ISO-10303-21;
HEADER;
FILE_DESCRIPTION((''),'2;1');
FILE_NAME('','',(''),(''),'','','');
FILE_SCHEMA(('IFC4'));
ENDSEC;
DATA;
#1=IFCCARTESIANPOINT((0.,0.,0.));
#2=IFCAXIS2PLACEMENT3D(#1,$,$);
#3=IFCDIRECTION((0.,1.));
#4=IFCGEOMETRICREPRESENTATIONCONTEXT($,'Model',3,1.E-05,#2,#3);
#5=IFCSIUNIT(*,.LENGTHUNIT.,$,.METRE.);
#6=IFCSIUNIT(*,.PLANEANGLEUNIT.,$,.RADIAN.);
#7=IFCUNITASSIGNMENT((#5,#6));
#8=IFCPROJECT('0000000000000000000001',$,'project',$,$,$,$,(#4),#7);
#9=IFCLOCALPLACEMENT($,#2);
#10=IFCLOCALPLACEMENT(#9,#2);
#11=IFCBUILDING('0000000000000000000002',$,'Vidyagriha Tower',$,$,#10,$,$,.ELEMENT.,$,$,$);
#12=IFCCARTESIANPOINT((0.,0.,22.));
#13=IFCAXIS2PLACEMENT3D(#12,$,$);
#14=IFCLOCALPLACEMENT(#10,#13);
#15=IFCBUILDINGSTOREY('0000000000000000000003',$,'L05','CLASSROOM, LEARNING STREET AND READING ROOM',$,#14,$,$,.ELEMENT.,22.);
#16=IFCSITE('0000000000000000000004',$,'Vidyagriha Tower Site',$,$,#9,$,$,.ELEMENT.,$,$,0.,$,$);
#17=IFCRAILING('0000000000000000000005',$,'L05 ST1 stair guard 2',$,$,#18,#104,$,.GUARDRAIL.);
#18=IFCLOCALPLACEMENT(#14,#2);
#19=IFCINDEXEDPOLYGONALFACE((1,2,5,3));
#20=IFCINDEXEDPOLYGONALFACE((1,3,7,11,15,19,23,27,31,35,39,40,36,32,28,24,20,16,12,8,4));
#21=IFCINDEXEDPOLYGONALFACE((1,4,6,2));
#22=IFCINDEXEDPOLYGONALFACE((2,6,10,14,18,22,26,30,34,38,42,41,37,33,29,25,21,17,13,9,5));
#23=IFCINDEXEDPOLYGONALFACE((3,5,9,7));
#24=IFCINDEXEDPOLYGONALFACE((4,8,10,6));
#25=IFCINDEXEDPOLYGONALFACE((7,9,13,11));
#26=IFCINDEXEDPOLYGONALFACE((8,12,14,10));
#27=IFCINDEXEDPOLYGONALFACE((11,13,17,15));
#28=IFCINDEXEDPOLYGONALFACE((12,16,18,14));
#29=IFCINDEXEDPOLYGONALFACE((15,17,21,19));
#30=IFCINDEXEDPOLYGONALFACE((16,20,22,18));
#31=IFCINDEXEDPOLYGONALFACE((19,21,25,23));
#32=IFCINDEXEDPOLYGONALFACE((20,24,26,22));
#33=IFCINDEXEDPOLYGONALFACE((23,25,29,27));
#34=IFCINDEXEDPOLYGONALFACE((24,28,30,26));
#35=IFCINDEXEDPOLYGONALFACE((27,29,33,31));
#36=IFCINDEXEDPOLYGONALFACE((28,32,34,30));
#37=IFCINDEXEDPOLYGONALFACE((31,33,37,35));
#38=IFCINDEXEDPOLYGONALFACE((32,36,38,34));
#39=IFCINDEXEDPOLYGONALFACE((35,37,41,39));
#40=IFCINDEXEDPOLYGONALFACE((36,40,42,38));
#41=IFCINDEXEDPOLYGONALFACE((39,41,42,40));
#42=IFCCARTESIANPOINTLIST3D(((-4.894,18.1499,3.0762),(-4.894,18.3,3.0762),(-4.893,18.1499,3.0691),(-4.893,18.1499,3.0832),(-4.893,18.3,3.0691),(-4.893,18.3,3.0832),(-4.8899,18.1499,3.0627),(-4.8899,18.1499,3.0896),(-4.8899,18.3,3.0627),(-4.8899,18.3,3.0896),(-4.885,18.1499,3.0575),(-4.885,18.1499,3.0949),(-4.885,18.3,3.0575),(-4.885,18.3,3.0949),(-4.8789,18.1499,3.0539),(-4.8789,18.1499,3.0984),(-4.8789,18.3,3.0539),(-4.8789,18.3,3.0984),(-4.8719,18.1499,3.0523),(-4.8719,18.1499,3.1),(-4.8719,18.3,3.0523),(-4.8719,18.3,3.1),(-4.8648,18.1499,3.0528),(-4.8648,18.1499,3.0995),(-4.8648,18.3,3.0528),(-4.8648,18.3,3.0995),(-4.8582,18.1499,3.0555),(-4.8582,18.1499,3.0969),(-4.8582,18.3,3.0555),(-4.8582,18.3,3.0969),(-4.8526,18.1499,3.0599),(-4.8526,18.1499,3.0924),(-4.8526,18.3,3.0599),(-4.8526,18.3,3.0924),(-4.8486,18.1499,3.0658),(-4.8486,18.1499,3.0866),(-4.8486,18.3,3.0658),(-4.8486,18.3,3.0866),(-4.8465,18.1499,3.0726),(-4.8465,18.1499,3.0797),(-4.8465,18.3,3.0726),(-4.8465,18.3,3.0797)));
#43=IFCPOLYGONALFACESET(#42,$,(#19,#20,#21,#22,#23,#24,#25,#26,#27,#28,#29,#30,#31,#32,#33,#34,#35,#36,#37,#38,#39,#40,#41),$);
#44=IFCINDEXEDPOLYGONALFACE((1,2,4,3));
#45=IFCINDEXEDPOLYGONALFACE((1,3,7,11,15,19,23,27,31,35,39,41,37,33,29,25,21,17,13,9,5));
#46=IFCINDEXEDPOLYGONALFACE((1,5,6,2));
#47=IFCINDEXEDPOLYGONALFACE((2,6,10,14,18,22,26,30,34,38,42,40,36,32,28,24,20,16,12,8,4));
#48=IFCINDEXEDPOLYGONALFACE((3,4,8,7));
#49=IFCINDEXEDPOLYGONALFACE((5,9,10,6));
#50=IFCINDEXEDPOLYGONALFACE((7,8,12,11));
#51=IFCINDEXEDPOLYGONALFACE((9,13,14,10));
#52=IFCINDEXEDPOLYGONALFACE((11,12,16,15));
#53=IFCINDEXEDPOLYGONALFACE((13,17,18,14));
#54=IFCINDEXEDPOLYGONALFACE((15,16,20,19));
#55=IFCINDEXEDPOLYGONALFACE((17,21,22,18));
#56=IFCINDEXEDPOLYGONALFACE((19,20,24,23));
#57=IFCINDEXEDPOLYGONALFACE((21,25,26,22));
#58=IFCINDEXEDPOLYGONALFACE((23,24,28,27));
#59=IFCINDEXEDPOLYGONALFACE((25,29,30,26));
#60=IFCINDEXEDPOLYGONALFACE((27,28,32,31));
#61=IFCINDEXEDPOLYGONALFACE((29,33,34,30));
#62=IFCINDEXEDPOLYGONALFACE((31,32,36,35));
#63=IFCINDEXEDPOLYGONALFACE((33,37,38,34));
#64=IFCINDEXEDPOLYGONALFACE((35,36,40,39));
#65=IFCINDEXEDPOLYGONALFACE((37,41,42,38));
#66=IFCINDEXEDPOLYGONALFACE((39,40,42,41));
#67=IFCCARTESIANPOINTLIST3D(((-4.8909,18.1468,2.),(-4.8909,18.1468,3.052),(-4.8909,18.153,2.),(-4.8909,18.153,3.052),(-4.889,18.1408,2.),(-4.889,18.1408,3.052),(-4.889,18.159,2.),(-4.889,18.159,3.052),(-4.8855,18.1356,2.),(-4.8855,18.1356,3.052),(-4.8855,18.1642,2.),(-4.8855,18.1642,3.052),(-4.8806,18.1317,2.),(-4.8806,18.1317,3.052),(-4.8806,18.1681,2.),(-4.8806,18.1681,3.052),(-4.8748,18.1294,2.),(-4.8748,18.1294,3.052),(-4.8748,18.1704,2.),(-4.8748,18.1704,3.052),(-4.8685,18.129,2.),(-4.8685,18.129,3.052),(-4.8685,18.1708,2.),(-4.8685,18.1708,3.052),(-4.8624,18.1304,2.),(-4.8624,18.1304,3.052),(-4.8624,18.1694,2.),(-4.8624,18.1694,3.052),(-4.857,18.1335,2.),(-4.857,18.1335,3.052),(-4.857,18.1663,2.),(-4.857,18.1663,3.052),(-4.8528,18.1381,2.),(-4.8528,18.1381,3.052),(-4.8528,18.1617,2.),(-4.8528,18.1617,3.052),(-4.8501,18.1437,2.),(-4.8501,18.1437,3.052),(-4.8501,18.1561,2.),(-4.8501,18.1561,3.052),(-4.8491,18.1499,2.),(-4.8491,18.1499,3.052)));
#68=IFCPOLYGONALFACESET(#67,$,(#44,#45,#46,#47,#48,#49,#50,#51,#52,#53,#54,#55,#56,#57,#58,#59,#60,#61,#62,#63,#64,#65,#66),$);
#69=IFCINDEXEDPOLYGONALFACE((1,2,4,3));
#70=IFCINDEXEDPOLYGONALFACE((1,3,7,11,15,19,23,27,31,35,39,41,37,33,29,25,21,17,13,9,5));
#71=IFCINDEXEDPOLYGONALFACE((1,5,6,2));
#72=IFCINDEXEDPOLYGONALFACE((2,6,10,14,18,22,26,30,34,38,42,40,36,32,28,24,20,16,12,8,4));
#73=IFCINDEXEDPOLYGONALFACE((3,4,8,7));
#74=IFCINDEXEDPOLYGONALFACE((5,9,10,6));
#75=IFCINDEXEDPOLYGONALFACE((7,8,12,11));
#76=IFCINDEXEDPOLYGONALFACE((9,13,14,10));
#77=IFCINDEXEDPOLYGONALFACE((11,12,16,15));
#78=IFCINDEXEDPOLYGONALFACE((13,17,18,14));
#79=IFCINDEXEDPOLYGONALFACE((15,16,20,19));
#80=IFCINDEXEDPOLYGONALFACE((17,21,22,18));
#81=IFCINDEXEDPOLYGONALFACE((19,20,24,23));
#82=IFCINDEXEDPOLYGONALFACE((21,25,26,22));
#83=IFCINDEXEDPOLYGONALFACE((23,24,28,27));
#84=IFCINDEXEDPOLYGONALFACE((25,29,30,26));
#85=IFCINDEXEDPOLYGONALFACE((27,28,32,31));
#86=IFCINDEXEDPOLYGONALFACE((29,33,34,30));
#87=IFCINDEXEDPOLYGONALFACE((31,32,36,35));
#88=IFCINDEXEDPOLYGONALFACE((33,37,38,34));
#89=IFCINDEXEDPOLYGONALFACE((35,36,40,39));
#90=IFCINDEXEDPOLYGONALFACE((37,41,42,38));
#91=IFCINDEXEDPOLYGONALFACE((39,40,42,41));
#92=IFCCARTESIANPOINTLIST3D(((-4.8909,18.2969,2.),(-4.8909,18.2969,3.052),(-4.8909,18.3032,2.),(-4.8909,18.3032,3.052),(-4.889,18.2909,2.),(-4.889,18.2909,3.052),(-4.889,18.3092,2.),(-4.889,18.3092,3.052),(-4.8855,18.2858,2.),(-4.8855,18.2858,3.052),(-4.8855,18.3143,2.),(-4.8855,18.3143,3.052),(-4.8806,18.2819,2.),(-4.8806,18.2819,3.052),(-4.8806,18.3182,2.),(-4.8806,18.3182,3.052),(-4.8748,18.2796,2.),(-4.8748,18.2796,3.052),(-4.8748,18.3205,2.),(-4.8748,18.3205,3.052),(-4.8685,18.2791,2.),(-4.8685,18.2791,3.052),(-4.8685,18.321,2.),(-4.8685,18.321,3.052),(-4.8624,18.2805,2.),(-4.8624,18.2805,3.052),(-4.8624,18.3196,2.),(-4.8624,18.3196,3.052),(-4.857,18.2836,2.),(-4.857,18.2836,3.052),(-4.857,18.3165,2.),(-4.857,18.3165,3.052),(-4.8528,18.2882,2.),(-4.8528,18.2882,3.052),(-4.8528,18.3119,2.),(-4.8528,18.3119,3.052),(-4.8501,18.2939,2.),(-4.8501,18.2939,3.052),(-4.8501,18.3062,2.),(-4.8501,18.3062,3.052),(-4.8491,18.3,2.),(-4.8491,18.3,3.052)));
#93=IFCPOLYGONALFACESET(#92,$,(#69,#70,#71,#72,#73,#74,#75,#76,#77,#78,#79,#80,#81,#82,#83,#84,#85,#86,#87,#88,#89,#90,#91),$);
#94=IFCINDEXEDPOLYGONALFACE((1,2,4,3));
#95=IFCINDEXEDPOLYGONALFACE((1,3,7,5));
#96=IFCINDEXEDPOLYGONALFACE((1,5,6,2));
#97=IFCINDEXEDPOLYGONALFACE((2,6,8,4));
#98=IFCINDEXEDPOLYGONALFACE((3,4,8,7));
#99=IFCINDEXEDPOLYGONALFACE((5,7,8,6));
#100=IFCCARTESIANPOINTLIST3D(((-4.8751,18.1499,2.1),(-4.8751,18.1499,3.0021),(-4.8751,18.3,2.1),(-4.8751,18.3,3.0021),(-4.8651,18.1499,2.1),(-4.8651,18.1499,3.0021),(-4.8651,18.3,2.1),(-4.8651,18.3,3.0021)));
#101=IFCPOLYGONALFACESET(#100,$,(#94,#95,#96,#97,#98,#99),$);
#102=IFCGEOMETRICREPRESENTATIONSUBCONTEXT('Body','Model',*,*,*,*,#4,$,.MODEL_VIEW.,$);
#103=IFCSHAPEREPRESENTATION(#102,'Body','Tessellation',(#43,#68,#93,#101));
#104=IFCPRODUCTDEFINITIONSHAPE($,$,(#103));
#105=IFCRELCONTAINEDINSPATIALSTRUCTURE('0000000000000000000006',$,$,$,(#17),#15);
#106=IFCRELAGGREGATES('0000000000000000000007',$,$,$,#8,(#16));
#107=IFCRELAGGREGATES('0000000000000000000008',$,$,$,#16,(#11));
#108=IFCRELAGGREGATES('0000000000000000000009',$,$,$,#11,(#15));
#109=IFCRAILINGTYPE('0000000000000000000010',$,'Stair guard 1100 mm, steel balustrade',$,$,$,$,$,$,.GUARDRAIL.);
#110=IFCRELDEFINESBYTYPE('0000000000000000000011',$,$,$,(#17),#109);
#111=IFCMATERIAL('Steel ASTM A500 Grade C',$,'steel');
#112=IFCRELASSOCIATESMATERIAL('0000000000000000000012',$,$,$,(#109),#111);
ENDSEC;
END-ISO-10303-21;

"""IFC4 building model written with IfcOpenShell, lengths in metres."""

from ifc_helpers import new_model, si_unit, direction, frame, origin, origin_2d, place, context, subcontext, project, spatial, rectangle, circle, extrude, material, type_object, element, save


model = new_model("IFC4")

# Units and contexts
model_context = context("Model", 3, precision=1e-05, world=origin(), true_north=direction((0.0, 1.0)))
body_context = subcontext(model_context, "Body", "Model", "MODEL_VIEW")
ifc_project = project(units=[si_unit("LENGTHUNIT", "METRE"), si_unit("PLANEANGLEUNIT", "RADIAN")], contexts=[model_context])

# Site, building, storey
site_placement = place(None, origin())
site = spatial("IfcSite", under=ifc_project, at=site_placement, Name="Vidyagriha Tower Site", CompositionType="ELEMENT", RefElevation=0.0)
building_placement = place(site_placement, origin())
building = spatial("IfcBuilding", under=site, at=building_placement, Name="Vidyagriha Tower", CompositionType="ELEMENT")
storey_placement = place(building_placement, frame((0.0, 0.0, 22.0)))
storey = spatial("IfcBuildingStorey", under=building, at=storey_placement, Name="L05", Description="CLASSROOM, LEARNING STREET AND READING ROOM", CompositionType="ELEMENT", Elevation=22.0)

# Railing
ifc_material_1 = material(Name="Steel ASTM A500 Grade C", Category="steel")
railing_type_1 = type_object("IfcRailingType", Name="Stair guard 1100 mm, steel balustrade", PredefinedType="GUARDRAIL", material=ifc_material_1)
railing_1_placement = place(storey_placement, frame((-4.8701, 18.1499, 2.0)))
element("IfcRailing", 1, at=railing_1_placement, inside=storey, type_object=railing_type_1, Name="L05 ST1 stair guard 2", PredefinedType="GUARDRAIL", context=body_context, shape_type="SweptSolid", body=[
    extrude(circle(Radius=0.0239, at=origin_2d()), frame((0.0, 0.0, 1.0762), z_axis=(0.0, 1.0, 0.0), x_axis=(-1.0, 0.0, 0.0)), (0.0, 0.0, 1.0), 0.1501),
    extrude(circle(Radius=0.021, at=origin_2d()), origin(), (0.0, 0.0, 1.0), 1.052),
    extrude(circle(Radius=0.021, at=origin_2d()), frame((0.0, 0.1501, 0.0)), (0.0, 0.0, 1.0), 1.052),
    extrude(rectangle(XDim=0.01, YDim=0.9021, at=origin_2d()), frame((0.0, 0.0, 0.551), z_axis=(0.0, 1.0, 0.0), x_axis=(-1.0, 0.0, 0.0)), (0.0, 0.0, 1.0), 0.1501),
])

save(model, "model.ifc")
